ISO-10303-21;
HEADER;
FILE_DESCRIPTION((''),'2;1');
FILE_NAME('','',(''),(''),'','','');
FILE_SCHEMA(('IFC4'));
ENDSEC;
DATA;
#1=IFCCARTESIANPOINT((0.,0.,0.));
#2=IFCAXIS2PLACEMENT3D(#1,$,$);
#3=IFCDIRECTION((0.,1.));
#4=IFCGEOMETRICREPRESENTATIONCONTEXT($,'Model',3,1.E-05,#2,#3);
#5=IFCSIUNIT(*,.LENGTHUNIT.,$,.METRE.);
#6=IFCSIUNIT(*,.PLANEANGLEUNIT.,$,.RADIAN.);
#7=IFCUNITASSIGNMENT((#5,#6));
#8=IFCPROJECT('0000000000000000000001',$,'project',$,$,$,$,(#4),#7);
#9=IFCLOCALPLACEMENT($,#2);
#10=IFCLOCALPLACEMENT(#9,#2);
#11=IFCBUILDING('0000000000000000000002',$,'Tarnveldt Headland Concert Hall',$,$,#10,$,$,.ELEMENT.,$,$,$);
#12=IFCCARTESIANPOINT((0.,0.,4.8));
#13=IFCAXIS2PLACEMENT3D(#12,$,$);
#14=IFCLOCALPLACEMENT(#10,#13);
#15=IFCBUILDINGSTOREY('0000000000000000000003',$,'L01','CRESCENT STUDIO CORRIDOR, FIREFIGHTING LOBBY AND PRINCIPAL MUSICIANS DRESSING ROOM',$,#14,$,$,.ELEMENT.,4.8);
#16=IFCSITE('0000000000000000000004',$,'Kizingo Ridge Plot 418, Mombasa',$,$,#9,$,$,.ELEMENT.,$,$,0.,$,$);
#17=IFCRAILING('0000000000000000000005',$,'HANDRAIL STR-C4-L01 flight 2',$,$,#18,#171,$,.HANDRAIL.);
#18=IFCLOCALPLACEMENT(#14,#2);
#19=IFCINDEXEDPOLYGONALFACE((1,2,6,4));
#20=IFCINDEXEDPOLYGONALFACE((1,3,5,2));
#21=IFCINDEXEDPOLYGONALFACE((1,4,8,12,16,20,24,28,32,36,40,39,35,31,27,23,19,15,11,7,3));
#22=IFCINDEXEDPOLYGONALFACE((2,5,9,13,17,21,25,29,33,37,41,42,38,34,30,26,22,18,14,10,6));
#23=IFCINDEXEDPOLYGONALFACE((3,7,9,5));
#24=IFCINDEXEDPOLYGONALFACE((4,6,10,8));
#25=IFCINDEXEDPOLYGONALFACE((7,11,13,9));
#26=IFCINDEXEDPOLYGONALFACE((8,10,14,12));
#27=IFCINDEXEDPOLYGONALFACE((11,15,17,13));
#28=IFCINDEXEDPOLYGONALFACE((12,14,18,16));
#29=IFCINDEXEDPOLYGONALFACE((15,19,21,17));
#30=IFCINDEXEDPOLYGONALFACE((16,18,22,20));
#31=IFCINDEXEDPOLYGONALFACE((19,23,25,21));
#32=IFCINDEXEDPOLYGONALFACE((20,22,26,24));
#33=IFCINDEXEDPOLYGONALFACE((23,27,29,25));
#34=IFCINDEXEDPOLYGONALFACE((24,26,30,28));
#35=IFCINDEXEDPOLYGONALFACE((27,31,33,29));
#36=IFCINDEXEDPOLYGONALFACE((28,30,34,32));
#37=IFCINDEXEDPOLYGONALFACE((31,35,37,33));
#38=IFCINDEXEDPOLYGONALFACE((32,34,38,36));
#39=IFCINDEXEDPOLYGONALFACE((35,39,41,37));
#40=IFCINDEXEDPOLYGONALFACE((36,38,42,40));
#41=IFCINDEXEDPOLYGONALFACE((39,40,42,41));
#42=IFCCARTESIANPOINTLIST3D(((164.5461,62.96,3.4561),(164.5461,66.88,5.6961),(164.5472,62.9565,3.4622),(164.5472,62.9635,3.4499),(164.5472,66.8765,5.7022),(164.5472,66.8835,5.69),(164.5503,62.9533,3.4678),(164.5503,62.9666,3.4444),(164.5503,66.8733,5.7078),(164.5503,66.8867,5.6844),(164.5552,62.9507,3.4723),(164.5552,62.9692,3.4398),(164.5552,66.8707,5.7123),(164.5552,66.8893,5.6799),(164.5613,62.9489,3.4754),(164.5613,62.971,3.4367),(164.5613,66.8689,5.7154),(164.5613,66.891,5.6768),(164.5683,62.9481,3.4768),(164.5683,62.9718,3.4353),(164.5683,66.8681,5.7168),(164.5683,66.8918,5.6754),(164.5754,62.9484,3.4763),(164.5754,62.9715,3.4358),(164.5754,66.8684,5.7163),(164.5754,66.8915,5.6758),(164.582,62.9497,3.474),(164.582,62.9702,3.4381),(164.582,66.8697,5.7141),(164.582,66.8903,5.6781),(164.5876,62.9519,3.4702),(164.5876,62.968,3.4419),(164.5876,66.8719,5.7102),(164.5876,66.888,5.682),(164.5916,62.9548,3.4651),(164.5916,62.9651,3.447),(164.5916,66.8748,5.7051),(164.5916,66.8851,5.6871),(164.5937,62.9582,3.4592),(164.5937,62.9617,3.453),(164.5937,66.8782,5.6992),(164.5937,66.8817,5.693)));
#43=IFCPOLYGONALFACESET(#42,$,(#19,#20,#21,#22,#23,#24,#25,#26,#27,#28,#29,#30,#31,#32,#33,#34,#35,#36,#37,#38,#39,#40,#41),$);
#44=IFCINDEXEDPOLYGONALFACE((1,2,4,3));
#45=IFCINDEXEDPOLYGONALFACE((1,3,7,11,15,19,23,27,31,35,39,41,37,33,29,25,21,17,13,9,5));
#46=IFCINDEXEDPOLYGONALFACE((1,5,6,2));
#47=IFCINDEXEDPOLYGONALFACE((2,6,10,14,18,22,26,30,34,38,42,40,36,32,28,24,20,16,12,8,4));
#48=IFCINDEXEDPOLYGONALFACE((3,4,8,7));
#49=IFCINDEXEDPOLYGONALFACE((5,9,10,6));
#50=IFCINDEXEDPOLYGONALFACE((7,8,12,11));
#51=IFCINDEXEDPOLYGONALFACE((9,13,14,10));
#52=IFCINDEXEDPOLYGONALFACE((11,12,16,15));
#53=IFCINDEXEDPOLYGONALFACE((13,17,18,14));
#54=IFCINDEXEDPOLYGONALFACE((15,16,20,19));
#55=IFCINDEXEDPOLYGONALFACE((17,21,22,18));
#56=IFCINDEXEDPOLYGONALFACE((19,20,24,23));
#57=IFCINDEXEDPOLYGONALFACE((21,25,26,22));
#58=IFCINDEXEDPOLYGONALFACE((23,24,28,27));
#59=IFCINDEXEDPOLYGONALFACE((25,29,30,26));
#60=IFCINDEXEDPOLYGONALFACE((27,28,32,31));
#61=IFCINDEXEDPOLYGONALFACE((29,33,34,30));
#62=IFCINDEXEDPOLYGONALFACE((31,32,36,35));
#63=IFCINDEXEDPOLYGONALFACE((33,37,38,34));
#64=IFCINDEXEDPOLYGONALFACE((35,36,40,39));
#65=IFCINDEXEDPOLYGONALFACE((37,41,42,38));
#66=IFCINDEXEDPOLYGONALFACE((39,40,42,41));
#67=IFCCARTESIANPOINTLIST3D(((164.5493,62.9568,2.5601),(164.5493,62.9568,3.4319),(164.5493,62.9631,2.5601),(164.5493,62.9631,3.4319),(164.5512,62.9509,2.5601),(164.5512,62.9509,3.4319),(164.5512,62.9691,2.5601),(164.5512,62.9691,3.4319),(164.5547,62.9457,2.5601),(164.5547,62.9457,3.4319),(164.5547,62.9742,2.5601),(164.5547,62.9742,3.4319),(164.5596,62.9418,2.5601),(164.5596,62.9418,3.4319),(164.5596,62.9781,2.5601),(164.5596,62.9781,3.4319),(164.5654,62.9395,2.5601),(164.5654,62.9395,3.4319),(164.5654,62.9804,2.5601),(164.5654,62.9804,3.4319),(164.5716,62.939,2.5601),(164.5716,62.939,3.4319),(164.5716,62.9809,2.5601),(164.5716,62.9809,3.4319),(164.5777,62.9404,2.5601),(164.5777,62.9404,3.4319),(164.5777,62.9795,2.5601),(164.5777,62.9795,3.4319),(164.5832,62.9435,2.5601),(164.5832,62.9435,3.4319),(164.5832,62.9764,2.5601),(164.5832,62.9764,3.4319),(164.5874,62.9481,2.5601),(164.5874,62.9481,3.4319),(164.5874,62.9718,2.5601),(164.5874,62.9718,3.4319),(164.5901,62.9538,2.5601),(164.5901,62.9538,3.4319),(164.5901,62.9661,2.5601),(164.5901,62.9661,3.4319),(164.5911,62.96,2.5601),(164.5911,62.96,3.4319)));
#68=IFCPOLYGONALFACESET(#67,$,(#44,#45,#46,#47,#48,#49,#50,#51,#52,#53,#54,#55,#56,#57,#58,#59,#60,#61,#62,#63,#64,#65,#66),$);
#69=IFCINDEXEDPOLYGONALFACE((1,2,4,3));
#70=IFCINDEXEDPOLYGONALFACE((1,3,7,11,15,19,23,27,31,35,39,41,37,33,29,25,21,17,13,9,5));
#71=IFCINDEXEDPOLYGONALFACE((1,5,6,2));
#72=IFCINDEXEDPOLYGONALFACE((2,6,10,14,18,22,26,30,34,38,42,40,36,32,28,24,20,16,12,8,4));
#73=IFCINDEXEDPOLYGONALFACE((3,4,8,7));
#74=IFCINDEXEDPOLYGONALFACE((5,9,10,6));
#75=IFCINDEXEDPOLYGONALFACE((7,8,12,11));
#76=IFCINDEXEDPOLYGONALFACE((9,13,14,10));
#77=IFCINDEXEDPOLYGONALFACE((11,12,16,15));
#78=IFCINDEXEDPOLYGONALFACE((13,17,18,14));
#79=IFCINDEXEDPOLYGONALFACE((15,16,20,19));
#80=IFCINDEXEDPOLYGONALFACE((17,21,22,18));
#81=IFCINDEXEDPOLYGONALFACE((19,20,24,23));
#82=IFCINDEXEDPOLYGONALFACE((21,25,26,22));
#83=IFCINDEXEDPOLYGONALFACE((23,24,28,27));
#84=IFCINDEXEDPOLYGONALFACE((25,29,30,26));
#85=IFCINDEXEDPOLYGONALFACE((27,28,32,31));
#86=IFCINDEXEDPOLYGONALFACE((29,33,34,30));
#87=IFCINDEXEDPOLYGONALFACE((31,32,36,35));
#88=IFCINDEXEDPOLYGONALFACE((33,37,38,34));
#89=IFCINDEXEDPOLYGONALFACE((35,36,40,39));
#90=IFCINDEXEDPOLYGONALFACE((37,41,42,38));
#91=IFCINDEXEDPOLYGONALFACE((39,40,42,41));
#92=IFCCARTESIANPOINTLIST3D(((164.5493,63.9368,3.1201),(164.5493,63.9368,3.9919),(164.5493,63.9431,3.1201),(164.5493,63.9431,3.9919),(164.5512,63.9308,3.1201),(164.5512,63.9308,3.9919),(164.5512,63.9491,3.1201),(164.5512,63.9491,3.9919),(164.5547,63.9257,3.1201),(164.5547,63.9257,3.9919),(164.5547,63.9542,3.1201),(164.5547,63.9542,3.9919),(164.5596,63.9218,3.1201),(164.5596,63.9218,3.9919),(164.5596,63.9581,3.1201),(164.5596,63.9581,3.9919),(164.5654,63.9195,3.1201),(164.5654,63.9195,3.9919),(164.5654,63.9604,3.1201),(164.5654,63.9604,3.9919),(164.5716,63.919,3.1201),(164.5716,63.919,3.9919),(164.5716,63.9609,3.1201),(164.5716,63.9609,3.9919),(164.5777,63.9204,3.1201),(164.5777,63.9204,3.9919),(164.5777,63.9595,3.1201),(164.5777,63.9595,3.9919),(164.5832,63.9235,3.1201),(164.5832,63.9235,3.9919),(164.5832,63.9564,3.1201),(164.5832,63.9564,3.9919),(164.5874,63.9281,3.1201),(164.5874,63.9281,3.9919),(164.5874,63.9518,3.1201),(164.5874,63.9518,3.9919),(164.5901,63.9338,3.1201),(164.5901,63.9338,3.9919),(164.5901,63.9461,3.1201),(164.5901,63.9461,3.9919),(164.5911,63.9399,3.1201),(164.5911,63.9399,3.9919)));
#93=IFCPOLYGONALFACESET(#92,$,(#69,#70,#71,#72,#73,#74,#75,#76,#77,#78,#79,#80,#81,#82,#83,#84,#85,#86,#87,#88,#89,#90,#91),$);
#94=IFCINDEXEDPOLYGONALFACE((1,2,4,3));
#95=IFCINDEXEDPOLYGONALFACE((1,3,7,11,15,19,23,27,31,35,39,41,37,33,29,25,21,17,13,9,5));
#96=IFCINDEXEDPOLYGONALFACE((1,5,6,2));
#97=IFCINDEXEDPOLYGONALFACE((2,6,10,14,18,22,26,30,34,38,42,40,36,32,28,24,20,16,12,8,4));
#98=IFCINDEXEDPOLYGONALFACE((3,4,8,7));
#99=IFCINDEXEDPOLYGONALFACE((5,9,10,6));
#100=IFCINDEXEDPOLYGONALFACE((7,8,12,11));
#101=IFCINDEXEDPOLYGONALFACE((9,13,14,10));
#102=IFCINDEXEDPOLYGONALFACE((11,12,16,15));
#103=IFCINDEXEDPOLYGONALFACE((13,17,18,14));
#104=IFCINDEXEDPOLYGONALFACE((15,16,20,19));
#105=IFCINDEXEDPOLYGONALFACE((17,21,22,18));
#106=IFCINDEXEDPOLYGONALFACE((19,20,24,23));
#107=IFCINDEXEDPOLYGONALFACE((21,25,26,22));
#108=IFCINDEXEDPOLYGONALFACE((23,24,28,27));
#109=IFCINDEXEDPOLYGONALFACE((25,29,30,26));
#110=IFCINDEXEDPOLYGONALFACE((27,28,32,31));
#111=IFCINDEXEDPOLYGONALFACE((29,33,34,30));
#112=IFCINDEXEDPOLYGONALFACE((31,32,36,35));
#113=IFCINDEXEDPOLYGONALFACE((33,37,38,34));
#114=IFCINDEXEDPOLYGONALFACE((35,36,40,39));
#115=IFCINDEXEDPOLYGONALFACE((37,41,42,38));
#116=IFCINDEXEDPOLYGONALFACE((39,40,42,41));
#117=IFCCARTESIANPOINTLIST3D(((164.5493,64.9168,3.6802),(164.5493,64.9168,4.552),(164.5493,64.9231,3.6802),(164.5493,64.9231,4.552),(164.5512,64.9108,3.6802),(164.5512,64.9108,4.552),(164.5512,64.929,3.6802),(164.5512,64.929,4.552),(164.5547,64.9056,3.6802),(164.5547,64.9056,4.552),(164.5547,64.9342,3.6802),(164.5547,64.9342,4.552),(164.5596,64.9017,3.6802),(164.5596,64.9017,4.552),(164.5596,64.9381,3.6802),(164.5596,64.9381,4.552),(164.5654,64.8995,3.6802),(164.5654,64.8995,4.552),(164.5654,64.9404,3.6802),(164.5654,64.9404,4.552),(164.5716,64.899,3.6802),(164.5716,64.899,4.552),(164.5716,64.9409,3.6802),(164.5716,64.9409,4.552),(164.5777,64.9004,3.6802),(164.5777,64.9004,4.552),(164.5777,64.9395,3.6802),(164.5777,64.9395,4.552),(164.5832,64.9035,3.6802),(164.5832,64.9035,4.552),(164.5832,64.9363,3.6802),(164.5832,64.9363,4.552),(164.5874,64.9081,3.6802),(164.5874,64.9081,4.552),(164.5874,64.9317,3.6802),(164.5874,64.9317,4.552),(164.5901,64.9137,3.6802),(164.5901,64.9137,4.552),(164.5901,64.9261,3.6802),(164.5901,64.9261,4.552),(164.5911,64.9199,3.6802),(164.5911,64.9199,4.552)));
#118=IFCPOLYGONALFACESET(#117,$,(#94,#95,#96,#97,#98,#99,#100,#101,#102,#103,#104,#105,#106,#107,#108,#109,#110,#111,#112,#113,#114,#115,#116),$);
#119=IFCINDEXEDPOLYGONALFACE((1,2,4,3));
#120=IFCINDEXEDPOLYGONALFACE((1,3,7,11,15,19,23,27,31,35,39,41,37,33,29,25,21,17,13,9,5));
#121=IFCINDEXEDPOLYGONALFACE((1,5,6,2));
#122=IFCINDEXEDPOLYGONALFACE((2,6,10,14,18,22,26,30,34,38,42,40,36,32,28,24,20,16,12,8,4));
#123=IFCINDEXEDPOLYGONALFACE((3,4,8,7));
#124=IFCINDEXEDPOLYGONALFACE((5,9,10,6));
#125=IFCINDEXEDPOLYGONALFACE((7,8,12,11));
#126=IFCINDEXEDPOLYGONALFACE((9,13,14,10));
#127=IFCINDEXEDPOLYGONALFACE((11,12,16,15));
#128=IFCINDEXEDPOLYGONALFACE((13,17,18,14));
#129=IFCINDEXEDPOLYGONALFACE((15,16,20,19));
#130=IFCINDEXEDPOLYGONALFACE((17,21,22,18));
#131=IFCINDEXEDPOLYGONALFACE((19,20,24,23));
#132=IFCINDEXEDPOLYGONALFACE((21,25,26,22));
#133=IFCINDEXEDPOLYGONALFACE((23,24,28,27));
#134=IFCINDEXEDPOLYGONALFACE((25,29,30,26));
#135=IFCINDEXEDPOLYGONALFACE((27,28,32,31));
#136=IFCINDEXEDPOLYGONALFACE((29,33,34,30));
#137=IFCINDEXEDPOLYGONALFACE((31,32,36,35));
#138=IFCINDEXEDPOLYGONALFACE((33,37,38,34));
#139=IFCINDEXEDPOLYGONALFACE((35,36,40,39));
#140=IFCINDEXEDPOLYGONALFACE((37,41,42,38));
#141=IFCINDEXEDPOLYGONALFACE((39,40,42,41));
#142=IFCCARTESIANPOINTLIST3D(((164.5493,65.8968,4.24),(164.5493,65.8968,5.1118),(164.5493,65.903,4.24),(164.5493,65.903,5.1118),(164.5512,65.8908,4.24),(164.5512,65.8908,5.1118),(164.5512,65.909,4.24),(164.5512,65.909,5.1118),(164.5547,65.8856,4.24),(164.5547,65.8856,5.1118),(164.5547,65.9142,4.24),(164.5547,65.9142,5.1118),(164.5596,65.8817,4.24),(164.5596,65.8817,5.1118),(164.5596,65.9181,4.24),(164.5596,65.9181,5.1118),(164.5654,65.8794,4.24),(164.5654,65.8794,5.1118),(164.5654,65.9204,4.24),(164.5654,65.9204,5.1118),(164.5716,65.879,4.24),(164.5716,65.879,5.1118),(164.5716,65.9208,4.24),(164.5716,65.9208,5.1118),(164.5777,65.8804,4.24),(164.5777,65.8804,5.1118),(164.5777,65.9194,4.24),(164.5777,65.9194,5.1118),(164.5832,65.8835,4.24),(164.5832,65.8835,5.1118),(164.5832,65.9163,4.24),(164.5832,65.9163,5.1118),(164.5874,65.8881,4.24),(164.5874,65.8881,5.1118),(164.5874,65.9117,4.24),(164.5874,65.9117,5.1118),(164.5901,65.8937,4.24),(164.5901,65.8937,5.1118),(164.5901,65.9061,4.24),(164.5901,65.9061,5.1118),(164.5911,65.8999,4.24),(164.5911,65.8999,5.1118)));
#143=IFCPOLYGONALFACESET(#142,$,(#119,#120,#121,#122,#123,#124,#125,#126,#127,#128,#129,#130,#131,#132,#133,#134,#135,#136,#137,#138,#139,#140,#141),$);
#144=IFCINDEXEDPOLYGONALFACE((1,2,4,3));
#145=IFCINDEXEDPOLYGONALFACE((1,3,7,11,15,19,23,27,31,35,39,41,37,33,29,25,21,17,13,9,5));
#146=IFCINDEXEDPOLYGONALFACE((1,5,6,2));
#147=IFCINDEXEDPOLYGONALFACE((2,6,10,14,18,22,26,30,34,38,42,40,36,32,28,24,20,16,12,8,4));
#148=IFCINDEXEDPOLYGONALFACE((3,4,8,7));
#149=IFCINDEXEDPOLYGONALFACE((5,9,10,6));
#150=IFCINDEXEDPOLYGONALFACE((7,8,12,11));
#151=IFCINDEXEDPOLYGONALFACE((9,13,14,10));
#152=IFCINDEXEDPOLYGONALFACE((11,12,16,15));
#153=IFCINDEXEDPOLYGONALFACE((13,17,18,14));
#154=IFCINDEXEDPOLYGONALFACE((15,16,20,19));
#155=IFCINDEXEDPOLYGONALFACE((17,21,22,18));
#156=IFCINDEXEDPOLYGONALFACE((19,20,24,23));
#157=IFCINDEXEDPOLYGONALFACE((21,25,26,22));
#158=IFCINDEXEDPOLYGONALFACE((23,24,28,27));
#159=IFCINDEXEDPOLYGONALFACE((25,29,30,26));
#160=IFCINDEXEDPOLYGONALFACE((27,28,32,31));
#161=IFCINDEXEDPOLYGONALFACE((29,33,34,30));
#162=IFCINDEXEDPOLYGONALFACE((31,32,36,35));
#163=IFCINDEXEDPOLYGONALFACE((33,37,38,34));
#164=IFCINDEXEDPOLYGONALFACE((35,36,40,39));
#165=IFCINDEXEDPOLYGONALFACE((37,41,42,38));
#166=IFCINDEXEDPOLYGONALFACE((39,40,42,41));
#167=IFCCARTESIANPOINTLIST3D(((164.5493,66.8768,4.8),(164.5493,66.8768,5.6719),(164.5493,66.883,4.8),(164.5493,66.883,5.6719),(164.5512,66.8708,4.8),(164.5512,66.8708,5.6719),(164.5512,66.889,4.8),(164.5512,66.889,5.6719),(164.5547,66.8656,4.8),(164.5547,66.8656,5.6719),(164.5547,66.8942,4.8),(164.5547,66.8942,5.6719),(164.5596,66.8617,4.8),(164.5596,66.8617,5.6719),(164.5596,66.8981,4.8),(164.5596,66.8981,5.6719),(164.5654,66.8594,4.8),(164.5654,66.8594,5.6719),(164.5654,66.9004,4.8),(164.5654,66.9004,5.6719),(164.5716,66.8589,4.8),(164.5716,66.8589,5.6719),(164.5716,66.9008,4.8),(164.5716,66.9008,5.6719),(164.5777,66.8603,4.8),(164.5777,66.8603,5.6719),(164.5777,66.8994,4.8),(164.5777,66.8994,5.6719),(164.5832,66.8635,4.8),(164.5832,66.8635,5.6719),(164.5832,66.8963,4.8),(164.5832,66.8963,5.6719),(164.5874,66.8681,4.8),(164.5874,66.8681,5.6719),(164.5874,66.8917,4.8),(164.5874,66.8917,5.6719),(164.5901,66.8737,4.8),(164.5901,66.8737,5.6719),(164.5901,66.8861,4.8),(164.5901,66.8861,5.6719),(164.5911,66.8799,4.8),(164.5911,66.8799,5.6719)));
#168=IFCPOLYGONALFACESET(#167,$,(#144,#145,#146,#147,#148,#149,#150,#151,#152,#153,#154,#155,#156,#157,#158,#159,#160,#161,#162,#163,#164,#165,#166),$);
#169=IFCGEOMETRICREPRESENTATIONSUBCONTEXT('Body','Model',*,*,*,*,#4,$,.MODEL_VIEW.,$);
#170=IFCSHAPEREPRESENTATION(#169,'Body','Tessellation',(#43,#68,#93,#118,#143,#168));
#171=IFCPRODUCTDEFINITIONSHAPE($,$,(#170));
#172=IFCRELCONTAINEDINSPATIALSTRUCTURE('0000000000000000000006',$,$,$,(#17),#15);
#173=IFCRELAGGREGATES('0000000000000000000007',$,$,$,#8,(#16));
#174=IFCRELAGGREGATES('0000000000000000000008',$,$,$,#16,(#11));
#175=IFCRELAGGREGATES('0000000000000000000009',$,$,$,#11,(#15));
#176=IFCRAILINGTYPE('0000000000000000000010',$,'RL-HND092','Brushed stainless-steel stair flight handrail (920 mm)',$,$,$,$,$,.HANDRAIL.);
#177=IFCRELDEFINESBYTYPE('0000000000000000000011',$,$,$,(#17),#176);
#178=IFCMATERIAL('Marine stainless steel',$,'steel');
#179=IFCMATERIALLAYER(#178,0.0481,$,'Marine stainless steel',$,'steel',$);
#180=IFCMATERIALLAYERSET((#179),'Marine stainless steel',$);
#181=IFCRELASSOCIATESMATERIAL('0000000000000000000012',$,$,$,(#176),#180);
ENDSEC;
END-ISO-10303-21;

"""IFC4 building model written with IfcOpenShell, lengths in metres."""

from ifc_helpers import new_model, si_unit, direction, frame, origin, origin_2d, place, context, subcontext, project, spatial, circle, extrude, material, layer, layer_set, type_object, element, save


model = new_model("IFC4")

# Units and contexts
model_context = context("Model", 3, precision=1e-05, world=origin(), true_north=direction((0.0, 1.0)))
body_context = subcontext(model_context, "Body", "Model", "MODEL_VIEW")
ifc_project = project(units=[si_unit("LENGTHUNIT", "METRE"), si_unit("PLANEANGLEUNIT", "RADIAN")], contexts=[model_context])

# Site, building, storey
site_placement = place(None, origin())
site = spatial("IfcSite", under=ifc_project, at=site_placement, Name="Kizingo Ridge Plot 418, Mombasa", CompositionType="ELEMENT", RefElevation=0.0)
building_placement = place(site_placement, origin())
building = spatial("IfcBuilding", under=site, at=building_placement, Name="Tarnveldt Headland Concert Hall", CompositionType="ELEMENT")
storey_placement = place(building_placement, frame((0.0, 0.0, 4.8)))
storey = spatial("IfcBuildingStorey", under=building, at=storey_placement, Name="L01", Description="CRESCENT STUDIO CORRIDOR, FIREFIGHTING LOBBY AND PRINCIPAL MUSICIANS DRESSING ROOM", CompositionType="ELEMENT", Elevation=4.8)

# Railing
ifc_material_1 = material(Name="Marine stainless steel", Category="steel")
ifc_layer_1 = layer(ifc_material_1, 0.0481, Name="Marine stainless steel", Category="steel")
ifc_layer_set_1 = layer_set([ifc_layer_1], Name="Marine stainless steel")
railing_type_1 = type_object("IfcRailingType", Name="RL-HND092", Description="Brushed stainless-steel stair flight handrail (920 mm)", PredefinedType="HANDRAIL", material=ifc_layer_set_1)
railing_1_placement = place(storey_placement, frame((164.5701, 62.96, 2.5601)))
element("IfcRailing", 1, at=railing_1_placement, inside=storey, type_object=railing_type_1, Name="HANDRAIL STR-C4-L01 flight 2", PredefinedType="HANDRAIL", context=body_context, shape_type="SweptSolid", body=[
    extrude(circle(Radius=0.0239, at=origin_2d()), frame((0.0, 0.0, 0.896), z_axis=(0.0, 0.86824, 0.496145), x_axis=(-1.0, 0.0, 0.0)), (0.0, 0.0, 1.0), 4.5149),
    extrude(circle(Radius=0.021, at=origin_2d()), origin(), (0.0, 0.0, 1.0), 0.8718),
    extrude(circle(Radius=0.021, at=origin_2d()), frame((0.0, 0.98, 0.5601)), (0.0, 0.0, 1.0), 0.8718),
    extrude(circle(Radius=0.021, at=origin_2d()), frame((0.0, 1.96, 1.1201)), (0.0, 0.0, 1.0), 0.8718),
    extrude(circle(Radius=0.021, at=origin_2d()), frame((0.0, 2.9399, 1.6799)), (0.0, 0.0, 1.0), 0.8718),
    extrude(circle(Radius=0.021, at=origin_2d()), frame((0.0, 3.9199, 2.24)), (0.0, 0.0, 1.0), 0.8718),
])

save(model, "model.ifc")
